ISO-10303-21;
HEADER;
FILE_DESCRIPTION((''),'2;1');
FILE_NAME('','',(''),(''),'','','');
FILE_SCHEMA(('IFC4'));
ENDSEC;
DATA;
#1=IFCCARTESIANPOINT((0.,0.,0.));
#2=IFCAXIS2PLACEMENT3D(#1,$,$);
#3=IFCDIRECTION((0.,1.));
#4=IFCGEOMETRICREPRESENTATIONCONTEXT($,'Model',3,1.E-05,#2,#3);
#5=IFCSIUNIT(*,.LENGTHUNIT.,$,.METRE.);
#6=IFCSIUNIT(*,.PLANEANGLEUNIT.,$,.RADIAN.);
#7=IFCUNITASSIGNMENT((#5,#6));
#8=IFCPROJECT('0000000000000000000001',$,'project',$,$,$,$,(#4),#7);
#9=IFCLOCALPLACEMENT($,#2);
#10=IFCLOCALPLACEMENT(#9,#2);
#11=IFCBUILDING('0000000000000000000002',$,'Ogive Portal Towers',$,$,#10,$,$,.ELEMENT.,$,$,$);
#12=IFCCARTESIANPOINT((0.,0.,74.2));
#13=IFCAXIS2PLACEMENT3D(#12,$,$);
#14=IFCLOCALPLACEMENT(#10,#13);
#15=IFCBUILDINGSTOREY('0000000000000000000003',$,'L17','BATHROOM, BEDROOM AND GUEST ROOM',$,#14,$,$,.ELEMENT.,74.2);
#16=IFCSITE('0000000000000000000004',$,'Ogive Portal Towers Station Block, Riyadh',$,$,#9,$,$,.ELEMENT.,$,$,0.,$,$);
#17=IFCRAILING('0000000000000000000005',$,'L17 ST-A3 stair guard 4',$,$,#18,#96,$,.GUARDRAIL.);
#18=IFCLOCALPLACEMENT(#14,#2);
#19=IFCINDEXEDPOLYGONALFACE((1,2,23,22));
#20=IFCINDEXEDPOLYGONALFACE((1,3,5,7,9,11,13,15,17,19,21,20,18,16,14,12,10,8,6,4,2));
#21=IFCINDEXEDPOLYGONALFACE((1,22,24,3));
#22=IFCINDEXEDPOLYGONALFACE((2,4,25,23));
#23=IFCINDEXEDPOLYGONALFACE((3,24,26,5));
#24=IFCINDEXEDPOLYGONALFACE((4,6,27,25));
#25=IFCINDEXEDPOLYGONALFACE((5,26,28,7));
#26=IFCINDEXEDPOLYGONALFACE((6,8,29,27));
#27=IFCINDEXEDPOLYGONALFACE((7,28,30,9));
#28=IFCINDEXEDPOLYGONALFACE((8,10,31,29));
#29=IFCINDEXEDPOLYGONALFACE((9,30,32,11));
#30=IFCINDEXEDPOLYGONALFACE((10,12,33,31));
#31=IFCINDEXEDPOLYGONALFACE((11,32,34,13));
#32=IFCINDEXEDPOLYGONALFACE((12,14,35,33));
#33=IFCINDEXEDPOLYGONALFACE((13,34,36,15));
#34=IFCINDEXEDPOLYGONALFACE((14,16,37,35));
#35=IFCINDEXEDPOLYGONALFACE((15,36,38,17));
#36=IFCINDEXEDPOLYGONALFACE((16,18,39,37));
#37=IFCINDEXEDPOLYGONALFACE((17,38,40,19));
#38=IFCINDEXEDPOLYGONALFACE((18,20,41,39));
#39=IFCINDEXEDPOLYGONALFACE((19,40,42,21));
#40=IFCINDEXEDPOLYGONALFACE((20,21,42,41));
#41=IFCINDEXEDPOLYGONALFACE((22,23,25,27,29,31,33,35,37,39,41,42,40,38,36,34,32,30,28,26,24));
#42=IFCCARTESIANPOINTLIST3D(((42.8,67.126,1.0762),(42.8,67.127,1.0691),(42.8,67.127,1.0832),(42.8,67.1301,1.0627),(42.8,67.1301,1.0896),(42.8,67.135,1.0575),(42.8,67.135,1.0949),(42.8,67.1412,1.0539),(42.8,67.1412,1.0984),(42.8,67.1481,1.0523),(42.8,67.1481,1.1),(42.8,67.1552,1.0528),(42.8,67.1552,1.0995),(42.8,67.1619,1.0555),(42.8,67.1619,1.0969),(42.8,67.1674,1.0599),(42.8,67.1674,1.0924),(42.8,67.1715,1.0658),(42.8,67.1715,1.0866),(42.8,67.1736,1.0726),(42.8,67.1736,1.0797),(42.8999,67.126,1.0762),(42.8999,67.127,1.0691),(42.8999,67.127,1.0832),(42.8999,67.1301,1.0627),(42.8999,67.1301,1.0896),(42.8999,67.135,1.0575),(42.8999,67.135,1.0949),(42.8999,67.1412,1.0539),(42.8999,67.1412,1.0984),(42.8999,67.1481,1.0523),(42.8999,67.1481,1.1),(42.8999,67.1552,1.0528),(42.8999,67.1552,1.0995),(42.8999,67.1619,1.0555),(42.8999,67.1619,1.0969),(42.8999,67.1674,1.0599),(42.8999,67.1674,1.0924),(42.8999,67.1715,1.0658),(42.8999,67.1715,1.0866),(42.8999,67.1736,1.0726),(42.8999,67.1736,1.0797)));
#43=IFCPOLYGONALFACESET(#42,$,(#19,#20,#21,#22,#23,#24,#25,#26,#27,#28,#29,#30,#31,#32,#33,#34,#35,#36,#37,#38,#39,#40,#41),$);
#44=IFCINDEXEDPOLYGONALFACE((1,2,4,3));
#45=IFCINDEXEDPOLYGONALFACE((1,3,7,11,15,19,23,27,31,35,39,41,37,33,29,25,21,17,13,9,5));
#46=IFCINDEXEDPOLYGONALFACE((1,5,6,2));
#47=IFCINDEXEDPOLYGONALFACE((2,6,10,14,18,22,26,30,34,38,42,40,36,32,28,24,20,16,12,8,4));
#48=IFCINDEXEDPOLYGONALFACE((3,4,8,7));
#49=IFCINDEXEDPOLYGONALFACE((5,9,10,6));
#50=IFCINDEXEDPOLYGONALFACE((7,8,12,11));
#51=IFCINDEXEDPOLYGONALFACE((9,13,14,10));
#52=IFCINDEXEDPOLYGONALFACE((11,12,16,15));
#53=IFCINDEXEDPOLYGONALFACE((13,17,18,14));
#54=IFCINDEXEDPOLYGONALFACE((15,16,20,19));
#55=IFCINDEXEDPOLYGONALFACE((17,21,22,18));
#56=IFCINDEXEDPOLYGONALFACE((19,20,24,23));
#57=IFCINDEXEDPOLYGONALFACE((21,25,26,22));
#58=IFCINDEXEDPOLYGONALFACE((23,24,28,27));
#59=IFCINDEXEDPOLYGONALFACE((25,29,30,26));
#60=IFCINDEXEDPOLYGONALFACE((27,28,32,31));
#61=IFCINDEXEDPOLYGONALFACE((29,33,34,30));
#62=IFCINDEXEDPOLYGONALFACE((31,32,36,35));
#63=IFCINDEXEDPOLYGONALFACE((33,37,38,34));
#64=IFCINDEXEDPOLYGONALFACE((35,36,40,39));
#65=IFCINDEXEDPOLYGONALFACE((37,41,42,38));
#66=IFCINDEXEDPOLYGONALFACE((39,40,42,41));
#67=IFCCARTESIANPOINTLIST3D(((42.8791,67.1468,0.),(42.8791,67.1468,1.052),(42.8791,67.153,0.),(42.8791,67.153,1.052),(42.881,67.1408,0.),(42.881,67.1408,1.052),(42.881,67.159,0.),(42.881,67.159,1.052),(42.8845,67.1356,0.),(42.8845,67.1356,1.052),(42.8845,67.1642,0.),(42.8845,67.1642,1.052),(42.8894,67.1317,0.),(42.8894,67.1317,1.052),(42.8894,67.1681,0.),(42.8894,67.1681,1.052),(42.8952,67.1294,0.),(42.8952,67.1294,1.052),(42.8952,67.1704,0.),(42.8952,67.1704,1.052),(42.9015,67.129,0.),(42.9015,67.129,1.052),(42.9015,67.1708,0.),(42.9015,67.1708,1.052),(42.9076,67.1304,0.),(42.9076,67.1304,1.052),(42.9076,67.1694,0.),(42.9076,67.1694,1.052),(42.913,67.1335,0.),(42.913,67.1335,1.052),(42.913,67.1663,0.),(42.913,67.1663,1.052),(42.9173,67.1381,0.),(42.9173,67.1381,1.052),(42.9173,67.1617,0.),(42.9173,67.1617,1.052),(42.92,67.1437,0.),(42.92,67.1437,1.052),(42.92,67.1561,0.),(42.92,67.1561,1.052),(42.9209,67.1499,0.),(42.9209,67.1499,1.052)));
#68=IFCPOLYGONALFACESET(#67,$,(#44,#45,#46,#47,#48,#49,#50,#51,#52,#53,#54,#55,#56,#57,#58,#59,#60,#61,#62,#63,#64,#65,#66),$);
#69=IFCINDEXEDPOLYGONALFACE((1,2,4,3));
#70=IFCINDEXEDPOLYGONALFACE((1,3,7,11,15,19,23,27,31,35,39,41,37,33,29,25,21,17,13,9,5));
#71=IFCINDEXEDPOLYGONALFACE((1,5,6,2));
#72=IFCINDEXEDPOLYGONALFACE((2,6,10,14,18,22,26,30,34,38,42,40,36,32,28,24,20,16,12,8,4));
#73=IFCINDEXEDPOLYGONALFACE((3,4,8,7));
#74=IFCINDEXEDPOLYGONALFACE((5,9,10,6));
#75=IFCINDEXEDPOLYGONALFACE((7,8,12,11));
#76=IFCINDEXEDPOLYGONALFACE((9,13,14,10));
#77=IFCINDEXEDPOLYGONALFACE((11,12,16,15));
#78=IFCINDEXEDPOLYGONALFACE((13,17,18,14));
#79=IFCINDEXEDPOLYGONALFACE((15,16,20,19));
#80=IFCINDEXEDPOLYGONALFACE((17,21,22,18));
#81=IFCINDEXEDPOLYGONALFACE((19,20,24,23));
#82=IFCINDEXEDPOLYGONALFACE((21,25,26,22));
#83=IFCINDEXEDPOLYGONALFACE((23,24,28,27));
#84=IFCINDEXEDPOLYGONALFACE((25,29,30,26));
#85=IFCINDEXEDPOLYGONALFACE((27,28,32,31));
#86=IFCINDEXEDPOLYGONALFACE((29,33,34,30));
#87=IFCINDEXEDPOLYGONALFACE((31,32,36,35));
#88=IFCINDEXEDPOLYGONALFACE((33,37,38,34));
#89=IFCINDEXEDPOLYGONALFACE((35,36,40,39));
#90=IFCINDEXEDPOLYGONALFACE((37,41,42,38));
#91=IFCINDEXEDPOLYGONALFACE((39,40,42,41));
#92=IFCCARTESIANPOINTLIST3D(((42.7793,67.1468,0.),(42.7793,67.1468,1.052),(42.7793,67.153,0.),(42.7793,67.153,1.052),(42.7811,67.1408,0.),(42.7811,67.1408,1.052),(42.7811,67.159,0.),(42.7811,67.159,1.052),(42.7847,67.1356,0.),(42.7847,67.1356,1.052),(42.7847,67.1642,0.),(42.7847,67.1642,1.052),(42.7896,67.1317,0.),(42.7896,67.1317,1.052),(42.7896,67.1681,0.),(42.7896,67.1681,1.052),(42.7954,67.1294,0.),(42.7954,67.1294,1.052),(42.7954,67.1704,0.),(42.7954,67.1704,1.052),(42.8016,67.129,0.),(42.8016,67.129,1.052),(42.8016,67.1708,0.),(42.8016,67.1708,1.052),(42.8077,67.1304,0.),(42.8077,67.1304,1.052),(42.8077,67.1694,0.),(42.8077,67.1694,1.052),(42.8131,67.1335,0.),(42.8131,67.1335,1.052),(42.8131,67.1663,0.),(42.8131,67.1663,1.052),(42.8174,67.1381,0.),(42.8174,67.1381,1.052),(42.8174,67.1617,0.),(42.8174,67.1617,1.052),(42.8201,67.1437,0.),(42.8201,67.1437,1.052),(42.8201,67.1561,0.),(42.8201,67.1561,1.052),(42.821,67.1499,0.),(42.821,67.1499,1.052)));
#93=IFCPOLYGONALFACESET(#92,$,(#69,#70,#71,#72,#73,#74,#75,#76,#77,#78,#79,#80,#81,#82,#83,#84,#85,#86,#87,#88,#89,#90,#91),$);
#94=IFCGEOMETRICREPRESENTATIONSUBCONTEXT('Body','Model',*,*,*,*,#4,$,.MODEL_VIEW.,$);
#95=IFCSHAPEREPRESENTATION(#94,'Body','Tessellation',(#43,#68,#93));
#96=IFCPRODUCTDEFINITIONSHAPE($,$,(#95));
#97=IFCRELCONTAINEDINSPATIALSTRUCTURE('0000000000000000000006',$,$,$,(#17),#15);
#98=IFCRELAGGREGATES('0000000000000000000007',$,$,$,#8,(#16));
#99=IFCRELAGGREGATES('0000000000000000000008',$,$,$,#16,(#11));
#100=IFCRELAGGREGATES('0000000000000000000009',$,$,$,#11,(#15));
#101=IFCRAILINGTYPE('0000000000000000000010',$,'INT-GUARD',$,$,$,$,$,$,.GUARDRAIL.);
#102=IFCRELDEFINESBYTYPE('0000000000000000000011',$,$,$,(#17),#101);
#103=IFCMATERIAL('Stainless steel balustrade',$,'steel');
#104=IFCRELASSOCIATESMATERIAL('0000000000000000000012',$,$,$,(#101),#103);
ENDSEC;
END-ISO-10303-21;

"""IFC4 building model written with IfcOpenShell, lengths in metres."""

from ifc_helpers import new_model, si_unit, direction, frame, origin, origin_2d, place, context, subcontext, project, spatial, circle, extrude, material, type_object, element, save


model = new_model("IFC4")

# Units and contexts
model_context = context("Model", 3, precision=1e-05, world=origin(), true_north=direction((0.0, 1.0)))
body_context = subcontext(model_context, "Body", "Model", "MODEL_VIEW")
ifc_project = project(units=[si_unit("LENGTHUNIT", "METRE"), si_unit("PLANEANGLEUNIT", "RADIAN")], contexts=[model_context])

# Site, building, storey
site_placement = place(None, origin())
site = spatial("IfcSite", under=ifc_project, at=site_placement, Name="Ogive Portal Towers Station Block, Riyadh", CompositionType="ELEMENT", RefElevation=0.0)
building_placement = place(site_placement, origin())
building = spatial("IfcBuilding", under=site, at=building_placement, Name="Ogive Portal Towers", CompositionType="ELEMENT")
storey_placement = place(building_placement, frame((0.0, 0.0, 74.2)))
storey = spatial("IfcBuildingStorey", under=building, at=storey_placement, Name="L17", Description="BATHROOM, BEDROOM AND GUEST ROOM", CompositionType="ELEMENT", Elevation=74.2)

# Railing
ifc_material_1 = material(Name="Stainless steel balustrade", Category="steel")
railing_type_1 = type_object("IfcRailingType", Name="INT-GUARD", PredefinedType="GUARDRAIL", material=ifc_material_1)
railing_1_placement = place(storey_placement, frame((42.8999, 67.1499, 0.0)))
element("IfcRailing", 1, at=railing_1_placement, inside=storey, type_object=railing_type_1, Name="L17 ST-A3 stair guard 4", PredefinedType="GUARDRAIL", context=body_context, shape_type="SweptSolid", body=[
    extrude(circle(Radius=0.0239, at=origin_2d()), frame((0.0, 0.0, 1.0762), z_axis=(-1.0, 0.0, 0.0), x_axis=(0.0, -1.0, 0.0)), (0.0, 0.0, 1.0), 0.0999),
    extrude(circle(Radius=0.021, at=origin_2d()), origin(), (0.0, 0.0, 1.0), 1.052),
    extrude(circle(Radius=0.021, at=origin_2d()), frame((-0.0999, 0.0, 0.0)), (0.0, 0.0, 1.0), 1.052),
])

save(model, "model.ifc")
